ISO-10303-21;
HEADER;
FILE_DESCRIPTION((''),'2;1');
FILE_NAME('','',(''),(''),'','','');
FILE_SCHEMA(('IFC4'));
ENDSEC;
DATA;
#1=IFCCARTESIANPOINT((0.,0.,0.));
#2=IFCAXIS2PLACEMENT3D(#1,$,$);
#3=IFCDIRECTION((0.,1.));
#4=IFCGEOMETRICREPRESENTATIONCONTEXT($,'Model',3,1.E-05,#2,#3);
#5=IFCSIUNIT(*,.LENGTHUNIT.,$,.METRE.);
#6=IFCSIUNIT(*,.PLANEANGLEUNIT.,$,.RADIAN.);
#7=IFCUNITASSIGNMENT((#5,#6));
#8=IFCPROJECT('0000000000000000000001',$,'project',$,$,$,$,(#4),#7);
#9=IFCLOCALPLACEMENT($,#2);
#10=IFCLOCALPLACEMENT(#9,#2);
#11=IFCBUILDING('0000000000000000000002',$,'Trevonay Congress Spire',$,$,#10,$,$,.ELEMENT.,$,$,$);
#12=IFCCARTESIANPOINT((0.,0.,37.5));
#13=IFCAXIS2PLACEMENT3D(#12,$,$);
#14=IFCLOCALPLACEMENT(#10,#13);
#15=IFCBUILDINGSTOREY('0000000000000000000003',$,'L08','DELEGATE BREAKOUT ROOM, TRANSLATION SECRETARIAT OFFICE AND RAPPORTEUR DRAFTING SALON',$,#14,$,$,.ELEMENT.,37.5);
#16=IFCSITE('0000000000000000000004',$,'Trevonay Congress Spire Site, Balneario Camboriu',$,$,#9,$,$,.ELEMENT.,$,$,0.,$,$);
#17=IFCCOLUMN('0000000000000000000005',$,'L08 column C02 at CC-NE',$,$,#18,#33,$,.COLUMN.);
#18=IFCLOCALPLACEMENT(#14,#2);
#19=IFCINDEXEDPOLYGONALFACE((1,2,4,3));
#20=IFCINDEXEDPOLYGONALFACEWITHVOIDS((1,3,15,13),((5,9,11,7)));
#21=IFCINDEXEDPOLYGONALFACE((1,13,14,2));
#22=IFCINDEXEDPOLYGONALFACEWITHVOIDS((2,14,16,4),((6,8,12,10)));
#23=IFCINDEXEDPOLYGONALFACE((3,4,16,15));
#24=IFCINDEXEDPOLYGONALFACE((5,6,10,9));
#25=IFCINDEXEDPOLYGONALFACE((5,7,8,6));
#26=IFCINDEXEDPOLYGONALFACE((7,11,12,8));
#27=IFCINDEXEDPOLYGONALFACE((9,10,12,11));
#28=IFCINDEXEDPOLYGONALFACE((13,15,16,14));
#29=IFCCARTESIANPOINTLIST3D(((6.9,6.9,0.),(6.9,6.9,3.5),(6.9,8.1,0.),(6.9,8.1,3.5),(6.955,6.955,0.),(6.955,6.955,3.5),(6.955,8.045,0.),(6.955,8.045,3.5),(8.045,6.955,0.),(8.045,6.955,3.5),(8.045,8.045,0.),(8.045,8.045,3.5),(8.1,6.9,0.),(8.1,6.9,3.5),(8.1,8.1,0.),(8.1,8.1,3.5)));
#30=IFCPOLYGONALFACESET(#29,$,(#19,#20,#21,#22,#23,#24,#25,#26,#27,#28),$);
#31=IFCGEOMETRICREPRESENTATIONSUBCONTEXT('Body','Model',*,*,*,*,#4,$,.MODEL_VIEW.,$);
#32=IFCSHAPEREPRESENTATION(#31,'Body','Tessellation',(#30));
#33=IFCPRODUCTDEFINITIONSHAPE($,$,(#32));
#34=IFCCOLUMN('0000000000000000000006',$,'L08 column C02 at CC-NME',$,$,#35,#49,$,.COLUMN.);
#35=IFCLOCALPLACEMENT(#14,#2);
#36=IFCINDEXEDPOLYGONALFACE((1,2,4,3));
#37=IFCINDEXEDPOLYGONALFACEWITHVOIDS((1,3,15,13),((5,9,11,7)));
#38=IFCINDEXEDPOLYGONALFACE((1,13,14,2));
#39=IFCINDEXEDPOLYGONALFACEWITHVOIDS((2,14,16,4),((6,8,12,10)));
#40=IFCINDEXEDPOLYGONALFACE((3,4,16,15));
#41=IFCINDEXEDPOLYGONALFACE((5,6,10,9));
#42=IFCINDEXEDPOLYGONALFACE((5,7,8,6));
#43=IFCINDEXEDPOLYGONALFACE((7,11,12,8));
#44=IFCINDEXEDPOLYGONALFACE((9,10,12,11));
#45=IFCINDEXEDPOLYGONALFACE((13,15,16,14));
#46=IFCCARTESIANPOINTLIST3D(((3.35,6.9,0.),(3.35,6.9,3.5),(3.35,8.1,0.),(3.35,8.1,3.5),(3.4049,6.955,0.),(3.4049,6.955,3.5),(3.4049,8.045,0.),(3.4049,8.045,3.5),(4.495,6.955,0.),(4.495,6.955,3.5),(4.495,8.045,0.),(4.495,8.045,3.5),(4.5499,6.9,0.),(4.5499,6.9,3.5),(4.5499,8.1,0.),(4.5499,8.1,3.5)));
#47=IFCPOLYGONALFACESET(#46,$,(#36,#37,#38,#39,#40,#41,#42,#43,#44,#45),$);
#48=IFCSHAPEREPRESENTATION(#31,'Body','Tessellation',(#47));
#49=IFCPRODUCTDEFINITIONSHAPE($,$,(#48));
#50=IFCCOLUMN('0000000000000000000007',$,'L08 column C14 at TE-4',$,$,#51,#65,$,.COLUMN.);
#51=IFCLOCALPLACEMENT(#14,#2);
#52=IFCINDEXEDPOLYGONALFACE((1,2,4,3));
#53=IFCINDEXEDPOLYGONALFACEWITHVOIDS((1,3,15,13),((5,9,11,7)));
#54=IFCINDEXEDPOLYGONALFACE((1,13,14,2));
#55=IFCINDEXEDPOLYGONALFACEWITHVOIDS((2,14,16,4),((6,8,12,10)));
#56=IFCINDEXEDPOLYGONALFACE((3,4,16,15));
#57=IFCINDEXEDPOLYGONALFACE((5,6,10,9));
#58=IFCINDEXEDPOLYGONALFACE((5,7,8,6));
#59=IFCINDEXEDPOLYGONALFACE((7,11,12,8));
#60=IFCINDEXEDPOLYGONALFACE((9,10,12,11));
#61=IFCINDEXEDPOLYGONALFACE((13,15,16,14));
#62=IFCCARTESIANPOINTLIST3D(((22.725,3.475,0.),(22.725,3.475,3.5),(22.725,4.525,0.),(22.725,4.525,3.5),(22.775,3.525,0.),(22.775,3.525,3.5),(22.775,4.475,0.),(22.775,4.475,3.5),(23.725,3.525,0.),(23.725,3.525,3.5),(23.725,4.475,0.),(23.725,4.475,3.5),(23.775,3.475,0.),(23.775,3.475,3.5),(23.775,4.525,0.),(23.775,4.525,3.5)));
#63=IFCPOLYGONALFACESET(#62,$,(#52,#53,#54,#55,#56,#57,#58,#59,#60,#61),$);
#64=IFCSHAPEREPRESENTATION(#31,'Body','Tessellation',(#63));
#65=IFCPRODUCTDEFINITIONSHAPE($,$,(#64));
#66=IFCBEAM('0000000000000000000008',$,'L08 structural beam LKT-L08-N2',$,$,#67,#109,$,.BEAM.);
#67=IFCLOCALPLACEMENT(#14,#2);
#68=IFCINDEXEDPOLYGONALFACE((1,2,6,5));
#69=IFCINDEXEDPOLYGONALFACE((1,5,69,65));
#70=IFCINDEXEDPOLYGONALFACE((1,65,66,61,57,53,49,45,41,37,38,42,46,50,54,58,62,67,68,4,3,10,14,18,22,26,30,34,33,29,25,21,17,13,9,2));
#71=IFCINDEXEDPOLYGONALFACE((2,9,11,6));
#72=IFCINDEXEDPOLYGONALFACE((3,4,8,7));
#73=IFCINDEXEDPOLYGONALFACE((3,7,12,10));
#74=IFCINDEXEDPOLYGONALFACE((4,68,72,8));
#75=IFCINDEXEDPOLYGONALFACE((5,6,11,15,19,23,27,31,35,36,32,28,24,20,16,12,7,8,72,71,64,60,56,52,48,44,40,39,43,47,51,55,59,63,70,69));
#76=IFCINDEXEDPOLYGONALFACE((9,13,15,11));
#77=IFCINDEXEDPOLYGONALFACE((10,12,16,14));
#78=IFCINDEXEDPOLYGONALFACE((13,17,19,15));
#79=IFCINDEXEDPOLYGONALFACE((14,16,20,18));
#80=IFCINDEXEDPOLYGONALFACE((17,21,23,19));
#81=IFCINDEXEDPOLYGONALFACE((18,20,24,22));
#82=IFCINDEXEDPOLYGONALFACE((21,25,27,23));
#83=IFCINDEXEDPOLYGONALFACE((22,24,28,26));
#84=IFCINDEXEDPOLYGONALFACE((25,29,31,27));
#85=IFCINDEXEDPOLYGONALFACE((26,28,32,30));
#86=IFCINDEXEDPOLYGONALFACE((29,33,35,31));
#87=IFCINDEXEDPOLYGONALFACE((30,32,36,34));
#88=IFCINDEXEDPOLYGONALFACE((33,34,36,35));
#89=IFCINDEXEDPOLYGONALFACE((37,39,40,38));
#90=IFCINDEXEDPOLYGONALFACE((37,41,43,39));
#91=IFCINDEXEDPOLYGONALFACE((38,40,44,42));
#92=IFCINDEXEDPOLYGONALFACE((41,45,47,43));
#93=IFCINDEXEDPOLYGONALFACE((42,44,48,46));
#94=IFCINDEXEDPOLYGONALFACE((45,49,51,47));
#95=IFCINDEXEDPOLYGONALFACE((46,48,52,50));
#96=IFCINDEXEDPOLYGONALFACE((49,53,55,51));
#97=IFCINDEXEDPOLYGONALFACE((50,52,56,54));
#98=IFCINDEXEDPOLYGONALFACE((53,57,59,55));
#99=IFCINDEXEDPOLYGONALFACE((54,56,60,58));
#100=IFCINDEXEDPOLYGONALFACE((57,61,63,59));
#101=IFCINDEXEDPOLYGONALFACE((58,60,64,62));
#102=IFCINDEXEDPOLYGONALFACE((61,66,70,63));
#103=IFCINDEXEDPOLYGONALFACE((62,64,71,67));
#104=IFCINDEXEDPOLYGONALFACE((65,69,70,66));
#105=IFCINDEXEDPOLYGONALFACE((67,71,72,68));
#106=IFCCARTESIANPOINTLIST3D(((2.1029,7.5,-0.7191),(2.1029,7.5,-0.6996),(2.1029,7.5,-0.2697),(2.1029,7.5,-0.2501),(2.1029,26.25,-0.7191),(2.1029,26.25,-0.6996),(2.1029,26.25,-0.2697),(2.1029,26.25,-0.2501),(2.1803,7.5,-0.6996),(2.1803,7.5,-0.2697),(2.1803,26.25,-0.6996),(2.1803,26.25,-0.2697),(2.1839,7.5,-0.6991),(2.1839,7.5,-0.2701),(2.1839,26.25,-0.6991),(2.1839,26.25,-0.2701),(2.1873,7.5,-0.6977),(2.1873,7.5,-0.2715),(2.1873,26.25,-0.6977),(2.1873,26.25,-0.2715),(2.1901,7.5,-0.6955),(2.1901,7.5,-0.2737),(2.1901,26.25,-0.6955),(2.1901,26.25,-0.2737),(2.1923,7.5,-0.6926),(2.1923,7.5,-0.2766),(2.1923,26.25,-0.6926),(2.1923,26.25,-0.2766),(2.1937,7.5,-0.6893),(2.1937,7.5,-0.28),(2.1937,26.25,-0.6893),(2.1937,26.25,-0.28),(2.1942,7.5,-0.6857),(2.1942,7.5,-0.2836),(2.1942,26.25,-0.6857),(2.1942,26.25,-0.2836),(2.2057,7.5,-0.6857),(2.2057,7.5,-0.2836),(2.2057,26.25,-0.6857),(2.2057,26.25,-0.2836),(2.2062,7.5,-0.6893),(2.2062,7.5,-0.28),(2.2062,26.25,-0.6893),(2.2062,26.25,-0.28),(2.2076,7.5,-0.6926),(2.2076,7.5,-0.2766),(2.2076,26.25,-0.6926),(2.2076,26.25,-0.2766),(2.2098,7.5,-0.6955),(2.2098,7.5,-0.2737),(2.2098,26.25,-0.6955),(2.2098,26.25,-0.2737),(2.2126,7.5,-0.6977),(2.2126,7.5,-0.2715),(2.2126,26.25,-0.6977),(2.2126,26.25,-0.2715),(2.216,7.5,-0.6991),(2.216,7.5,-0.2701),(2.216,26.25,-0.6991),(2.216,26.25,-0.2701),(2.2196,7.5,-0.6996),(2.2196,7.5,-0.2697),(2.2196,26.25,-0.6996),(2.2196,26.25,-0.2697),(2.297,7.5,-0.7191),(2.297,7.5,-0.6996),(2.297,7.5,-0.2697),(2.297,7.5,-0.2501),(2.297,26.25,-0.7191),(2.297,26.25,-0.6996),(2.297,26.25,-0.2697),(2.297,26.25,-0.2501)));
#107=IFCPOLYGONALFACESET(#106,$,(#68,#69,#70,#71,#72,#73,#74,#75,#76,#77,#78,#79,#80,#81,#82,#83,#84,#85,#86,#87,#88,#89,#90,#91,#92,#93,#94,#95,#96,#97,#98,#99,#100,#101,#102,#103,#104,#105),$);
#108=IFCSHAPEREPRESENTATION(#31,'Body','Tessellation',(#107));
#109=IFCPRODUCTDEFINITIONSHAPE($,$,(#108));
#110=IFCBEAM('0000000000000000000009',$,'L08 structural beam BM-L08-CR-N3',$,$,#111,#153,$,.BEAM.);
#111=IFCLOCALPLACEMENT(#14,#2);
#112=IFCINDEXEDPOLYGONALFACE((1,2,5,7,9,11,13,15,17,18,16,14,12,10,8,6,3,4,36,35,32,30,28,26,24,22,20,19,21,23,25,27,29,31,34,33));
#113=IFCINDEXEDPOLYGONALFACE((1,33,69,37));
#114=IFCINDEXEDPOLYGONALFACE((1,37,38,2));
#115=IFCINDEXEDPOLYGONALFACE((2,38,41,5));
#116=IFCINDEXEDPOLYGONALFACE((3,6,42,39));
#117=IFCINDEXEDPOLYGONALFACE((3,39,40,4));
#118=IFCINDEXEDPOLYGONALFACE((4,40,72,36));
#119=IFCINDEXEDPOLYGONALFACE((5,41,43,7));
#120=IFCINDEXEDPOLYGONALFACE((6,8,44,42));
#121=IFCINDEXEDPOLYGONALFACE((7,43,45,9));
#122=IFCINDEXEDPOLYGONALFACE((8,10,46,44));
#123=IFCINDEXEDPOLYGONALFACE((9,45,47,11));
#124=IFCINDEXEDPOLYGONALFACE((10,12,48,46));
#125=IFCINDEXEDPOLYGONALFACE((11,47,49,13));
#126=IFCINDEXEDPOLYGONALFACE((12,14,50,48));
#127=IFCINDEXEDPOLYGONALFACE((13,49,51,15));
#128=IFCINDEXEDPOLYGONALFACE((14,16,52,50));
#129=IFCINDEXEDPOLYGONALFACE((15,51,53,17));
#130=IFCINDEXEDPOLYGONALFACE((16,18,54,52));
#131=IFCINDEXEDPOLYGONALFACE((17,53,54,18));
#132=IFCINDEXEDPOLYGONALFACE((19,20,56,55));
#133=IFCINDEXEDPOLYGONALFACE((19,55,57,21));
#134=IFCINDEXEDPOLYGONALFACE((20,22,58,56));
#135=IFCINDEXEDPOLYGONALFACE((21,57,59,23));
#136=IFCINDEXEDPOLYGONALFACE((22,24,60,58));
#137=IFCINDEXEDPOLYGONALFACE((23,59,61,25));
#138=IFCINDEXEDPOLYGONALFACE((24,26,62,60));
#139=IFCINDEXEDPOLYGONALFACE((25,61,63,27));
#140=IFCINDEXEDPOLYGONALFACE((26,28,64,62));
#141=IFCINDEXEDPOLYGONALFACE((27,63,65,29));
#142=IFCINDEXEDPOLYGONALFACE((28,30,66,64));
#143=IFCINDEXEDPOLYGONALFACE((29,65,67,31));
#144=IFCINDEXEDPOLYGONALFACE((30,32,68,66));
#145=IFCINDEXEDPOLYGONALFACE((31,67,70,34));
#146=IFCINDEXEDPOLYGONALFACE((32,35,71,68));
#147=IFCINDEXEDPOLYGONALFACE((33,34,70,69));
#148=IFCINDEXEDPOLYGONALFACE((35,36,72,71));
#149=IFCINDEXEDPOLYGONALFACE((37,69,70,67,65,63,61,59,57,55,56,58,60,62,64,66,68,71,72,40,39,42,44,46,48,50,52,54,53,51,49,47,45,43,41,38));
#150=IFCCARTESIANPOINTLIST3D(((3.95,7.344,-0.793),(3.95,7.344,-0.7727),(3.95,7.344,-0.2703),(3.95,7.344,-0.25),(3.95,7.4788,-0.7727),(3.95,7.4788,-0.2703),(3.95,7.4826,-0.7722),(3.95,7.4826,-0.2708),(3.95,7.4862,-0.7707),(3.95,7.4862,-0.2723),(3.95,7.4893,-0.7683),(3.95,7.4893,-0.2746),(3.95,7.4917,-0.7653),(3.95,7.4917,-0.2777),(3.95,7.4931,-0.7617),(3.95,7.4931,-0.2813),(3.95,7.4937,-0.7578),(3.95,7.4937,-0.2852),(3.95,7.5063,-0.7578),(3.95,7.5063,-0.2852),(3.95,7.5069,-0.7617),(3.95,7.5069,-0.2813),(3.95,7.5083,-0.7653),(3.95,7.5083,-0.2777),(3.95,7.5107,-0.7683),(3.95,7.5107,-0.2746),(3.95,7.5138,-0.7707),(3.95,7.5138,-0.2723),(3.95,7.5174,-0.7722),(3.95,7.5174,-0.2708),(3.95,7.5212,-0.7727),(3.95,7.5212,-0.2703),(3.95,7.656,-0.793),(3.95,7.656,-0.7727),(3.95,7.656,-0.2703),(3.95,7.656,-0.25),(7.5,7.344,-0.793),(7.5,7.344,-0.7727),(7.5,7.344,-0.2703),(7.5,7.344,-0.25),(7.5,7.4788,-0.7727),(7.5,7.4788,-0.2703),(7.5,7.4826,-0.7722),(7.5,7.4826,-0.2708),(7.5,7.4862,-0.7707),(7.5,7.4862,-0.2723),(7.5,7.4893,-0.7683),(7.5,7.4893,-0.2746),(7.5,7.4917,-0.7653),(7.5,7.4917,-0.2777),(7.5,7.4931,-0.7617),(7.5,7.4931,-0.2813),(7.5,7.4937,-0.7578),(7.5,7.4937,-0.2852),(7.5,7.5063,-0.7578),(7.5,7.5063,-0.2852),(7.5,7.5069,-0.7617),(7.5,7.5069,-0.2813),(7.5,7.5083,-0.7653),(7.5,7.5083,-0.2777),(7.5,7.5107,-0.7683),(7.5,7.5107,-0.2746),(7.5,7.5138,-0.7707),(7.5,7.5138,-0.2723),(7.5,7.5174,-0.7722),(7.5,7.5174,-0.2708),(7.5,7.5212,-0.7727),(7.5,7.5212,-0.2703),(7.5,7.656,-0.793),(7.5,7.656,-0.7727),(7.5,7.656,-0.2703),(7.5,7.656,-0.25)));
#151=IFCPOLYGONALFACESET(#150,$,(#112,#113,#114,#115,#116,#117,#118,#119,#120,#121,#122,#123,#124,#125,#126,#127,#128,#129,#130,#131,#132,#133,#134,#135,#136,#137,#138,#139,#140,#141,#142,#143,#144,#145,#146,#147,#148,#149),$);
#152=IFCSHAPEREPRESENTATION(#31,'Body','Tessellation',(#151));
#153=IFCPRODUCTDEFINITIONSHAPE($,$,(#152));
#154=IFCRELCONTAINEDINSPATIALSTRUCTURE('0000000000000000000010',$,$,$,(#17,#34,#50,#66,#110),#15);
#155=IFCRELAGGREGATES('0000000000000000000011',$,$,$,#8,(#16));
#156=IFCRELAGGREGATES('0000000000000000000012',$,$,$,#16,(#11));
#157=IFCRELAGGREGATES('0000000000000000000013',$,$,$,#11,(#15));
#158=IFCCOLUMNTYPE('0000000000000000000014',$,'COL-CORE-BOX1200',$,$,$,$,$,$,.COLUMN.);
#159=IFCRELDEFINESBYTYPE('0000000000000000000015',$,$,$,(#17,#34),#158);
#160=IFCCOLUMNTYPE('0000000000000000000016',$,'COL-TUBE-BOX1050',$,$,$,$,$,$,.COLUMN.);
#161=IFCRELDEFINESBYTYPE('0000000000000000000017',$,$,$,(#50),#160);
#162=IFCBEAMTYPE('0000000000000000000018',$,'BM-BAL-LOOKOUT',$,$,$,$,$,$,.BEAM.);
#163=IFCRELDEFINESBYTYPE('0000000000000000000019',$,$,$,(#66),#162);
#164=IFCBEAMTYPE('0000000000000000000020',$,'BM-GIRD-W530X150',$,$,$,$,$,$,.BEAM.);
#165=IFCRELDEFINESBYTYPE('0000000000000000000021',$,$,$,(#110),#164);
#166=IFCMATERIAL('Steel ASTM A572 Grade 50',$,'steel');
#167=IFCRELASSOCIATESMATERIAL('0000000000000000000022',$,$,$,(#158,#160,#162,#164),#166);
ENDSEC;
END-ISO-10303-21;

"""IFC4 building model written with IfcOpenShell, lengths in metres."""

from ifc_helpers import new_model, si_unit, direction, frame, origin, origin_2d, place, context, subcontext, project, spatial, hollow_rectangle, i_section, extrude, material, material_profile, profile_set, type_object, element, save


model = new_model("IFC4")

# Units and contexts
model_context = context("Model", 3, precision=1e-05, world=origin(), true_north=direction((0.0, 1.0)))
body_context = subcontext(model_context, "Body", "Model", "MODEL_VIEW")
ifc_project = project(units=[si_unit("LENGTHUNIT", "METRE"), si_unit("PLANEANGLEUNIT", "RADIAN")], contexts=[model_context])

# Site, building, storey
site_placement = place(None, origin())
site = spatial("IfcSite", under=ifc_project, at=site_placement, Name="Trevonay Congress Spire Site, Balneario Camboriu", CompositionType="ELEMENT", RefElevation=0.0)
building_placement = place(site_placement, origin())
building = spatial("IfcBuilding", under=site, at=building_placement, Name="Trevonay Congress Spire", CompositionType="ELEMENT")
storey_placement = place(building_placement, frame((0.0, 0.0, 37.5)))
storey = spatial("IfcBuildingStorey", under=building, at=storey_placement, Name="L08", Description="DELEGATE BREAKOUT ROOM, TRANSLATION SECRETARIAT OFFICE AND RAPPORTEUR DRAFTING SALON", CompositionType="ELEMENT", Elevation=37.5)

# Columns
ifc_material_1 = material(Name="Steel ASTM A572 Grade 50", Category="steel")
ifc_material_profile_1 = material_profile(ifc_material_1, hollow_rectangle(XDim=1.2, YDim=1.2, WallThickness=0.0549, at=origin_2d()), Name="BOX 1200x1200x55")
ifc_profile_set_1 = profile_set([ifc_material_profile_1], Name="Steel ASTM A572 Grade 50")
column_type_1 = type_object("IfcColumnType", Name="COL-CORE-BOX1200", PredefinedType="COLUMN", material=ifc_profile_set_1)
for number, where, z_axis, x_axis, name in (
    (1, (7.5, 7.5, 0.0), (0.0, 0.0, 1.0), (1.0, 0.0, 0.0), "L08 column C02 at CC-NE"),
    (2, (3.95, 7.5, 0.0), (0.0, 0.0, 1.0), (1.0, 0.0, 0.0), "L08 column C02 at CC-NME"),
):
    element("IfcColumn", number, at=place(storey_placement, frame(where, z_axis=z_axis, x_axis=x_axis)), inside=storey, type_object=column_type_1, Name=name, PredefinedType="COLUMN", context=body_context, shape_type="SweptSolid", body=[
        extrude(hollow_rectangle(XDim=1.2, YDim=1.2, WallThickness=0.0549, at=origin_2d()), origin(), (0.0, 0.0, 1.0), 3.5),
    ])
ifc_material_profile_2 = material_profile(ifc_material_1, hollow_rectangle(XDim=1.05, YDim=1.05, WallThickness=0.05, at=origin_2d()), Name="BOX 1050x1050x50")
ifc_profile_set_2 = profile_set([ifc_material_profile_2], Name="Steel ASTM A572 Grade 50")
column_type_2 = type_object("IfcColumnType", Name="COL-TUBE-BOX1050", PredefinedType="COLUMN", material=ifc_profile_set_2)
column_placement = place(storey_placement, frame((23.25, 4.0, 0.0), z_axis=(0.0, 0.0, 1.0), x_axis=(1.0, 0.0, 0.0)))
element("IfcColumn", 3, at=column_placement, inside=storey, type_object=column_type_2, Name="L08 column C14 at TE-4", PredefinedType="COLUMN", context=body_context, shape_type="SweptSolid", body=[
    extrude(hollow_rectangle(XDim=1.05, YDim=1.05, WallThickness=0.05, at=origin_2d()), origin(), (0.0, 0.0, 1.0), 3.5),
])

# Beams
ifc_material_profile_3 = material_profile(ifc_material_1, i_section(OverallWidth=0.1941, OverallDepth=0.469, WebThickness=0.0115, FlangeThickness=0.0195, FilletRadius=0.0139, at=origin_2d()), Name="W460x106")
ifc_profile_set_3 = profile_set([ifc_material_profile_3], Name="Steel ASTM A572 Grade 50")
beam_type_1 = type_object("IfcBeamType", Name="BM-BAL-LOOKOUT", PredefinedType="BEAM", material=ifc_profile_set_3)
beam_1_placement = place(storey_placement, frame((2.2, 7.5, -0.4846), z_axis=(0.0, 1.0, 0.0), x_axis=(-1.0, 0.0, 0.0)))
element("IfcBeam", 4, at=beam_1_placement, inside=storey, type_object=beam_type_1, Name="L08 structural beam LKT-L08-N2", PredefinedType="BEAM", context=body_context, shape_type="SweptSolid", body=[
    extrude(i_section(OverallWidth=0.1941, OverallDepth=0.469, WebThickness=0.0115, FlangeThickness=0.0195, FilletRadius=0.0139, at=origin_2d()), origin(), (0.0, 0.0, 1.0), 18.75),
])
ifc_material_profile_4 = material_profile(ifc_material_1, i_section(OverallWidth=0.312, OverallDepth=0.543, WebThickness=0.0127, FlangeThickness=0.0203, FilletRadius=0.0149, at=origin_2d()), Name="W530x150")
ifc_profile_set_4 = profile_set([ifc_material_profile_4], Name="Steel ASTM A572 Grade 50")
beam_type_2 = type_object("IfcBeamType", Name="BM-GIRD-W530X150", PredefinedType="BEAM", material=ifc_profile_set_4)
beam_2_placement = place(storey_placement, frame((3.95, 7.5, -0.5215), z_axis=(1.0, 0.0, 0.0), x_axis=(0.0, 1.0, 0.0)))
element("IfcBeam", 5, at=beam_2_placement, inside=storey, type_object=beam_type_2, Name="L08 structural beam BM-L08-CR-N3", PredefinedType="BEAM", context=body_context, shape_type="SweptSolid", body=[
    extrude(i_section(OverallWidth=0.312, OverallDepth=0.543, WebThickness=0.0127, FlangeThickness=0.0203, FilletRadius=0.0149, at=origin_2d()), origin(), (0.0, 0.0, 1.0), 3.55),
])

save(model, "model.ifc")
